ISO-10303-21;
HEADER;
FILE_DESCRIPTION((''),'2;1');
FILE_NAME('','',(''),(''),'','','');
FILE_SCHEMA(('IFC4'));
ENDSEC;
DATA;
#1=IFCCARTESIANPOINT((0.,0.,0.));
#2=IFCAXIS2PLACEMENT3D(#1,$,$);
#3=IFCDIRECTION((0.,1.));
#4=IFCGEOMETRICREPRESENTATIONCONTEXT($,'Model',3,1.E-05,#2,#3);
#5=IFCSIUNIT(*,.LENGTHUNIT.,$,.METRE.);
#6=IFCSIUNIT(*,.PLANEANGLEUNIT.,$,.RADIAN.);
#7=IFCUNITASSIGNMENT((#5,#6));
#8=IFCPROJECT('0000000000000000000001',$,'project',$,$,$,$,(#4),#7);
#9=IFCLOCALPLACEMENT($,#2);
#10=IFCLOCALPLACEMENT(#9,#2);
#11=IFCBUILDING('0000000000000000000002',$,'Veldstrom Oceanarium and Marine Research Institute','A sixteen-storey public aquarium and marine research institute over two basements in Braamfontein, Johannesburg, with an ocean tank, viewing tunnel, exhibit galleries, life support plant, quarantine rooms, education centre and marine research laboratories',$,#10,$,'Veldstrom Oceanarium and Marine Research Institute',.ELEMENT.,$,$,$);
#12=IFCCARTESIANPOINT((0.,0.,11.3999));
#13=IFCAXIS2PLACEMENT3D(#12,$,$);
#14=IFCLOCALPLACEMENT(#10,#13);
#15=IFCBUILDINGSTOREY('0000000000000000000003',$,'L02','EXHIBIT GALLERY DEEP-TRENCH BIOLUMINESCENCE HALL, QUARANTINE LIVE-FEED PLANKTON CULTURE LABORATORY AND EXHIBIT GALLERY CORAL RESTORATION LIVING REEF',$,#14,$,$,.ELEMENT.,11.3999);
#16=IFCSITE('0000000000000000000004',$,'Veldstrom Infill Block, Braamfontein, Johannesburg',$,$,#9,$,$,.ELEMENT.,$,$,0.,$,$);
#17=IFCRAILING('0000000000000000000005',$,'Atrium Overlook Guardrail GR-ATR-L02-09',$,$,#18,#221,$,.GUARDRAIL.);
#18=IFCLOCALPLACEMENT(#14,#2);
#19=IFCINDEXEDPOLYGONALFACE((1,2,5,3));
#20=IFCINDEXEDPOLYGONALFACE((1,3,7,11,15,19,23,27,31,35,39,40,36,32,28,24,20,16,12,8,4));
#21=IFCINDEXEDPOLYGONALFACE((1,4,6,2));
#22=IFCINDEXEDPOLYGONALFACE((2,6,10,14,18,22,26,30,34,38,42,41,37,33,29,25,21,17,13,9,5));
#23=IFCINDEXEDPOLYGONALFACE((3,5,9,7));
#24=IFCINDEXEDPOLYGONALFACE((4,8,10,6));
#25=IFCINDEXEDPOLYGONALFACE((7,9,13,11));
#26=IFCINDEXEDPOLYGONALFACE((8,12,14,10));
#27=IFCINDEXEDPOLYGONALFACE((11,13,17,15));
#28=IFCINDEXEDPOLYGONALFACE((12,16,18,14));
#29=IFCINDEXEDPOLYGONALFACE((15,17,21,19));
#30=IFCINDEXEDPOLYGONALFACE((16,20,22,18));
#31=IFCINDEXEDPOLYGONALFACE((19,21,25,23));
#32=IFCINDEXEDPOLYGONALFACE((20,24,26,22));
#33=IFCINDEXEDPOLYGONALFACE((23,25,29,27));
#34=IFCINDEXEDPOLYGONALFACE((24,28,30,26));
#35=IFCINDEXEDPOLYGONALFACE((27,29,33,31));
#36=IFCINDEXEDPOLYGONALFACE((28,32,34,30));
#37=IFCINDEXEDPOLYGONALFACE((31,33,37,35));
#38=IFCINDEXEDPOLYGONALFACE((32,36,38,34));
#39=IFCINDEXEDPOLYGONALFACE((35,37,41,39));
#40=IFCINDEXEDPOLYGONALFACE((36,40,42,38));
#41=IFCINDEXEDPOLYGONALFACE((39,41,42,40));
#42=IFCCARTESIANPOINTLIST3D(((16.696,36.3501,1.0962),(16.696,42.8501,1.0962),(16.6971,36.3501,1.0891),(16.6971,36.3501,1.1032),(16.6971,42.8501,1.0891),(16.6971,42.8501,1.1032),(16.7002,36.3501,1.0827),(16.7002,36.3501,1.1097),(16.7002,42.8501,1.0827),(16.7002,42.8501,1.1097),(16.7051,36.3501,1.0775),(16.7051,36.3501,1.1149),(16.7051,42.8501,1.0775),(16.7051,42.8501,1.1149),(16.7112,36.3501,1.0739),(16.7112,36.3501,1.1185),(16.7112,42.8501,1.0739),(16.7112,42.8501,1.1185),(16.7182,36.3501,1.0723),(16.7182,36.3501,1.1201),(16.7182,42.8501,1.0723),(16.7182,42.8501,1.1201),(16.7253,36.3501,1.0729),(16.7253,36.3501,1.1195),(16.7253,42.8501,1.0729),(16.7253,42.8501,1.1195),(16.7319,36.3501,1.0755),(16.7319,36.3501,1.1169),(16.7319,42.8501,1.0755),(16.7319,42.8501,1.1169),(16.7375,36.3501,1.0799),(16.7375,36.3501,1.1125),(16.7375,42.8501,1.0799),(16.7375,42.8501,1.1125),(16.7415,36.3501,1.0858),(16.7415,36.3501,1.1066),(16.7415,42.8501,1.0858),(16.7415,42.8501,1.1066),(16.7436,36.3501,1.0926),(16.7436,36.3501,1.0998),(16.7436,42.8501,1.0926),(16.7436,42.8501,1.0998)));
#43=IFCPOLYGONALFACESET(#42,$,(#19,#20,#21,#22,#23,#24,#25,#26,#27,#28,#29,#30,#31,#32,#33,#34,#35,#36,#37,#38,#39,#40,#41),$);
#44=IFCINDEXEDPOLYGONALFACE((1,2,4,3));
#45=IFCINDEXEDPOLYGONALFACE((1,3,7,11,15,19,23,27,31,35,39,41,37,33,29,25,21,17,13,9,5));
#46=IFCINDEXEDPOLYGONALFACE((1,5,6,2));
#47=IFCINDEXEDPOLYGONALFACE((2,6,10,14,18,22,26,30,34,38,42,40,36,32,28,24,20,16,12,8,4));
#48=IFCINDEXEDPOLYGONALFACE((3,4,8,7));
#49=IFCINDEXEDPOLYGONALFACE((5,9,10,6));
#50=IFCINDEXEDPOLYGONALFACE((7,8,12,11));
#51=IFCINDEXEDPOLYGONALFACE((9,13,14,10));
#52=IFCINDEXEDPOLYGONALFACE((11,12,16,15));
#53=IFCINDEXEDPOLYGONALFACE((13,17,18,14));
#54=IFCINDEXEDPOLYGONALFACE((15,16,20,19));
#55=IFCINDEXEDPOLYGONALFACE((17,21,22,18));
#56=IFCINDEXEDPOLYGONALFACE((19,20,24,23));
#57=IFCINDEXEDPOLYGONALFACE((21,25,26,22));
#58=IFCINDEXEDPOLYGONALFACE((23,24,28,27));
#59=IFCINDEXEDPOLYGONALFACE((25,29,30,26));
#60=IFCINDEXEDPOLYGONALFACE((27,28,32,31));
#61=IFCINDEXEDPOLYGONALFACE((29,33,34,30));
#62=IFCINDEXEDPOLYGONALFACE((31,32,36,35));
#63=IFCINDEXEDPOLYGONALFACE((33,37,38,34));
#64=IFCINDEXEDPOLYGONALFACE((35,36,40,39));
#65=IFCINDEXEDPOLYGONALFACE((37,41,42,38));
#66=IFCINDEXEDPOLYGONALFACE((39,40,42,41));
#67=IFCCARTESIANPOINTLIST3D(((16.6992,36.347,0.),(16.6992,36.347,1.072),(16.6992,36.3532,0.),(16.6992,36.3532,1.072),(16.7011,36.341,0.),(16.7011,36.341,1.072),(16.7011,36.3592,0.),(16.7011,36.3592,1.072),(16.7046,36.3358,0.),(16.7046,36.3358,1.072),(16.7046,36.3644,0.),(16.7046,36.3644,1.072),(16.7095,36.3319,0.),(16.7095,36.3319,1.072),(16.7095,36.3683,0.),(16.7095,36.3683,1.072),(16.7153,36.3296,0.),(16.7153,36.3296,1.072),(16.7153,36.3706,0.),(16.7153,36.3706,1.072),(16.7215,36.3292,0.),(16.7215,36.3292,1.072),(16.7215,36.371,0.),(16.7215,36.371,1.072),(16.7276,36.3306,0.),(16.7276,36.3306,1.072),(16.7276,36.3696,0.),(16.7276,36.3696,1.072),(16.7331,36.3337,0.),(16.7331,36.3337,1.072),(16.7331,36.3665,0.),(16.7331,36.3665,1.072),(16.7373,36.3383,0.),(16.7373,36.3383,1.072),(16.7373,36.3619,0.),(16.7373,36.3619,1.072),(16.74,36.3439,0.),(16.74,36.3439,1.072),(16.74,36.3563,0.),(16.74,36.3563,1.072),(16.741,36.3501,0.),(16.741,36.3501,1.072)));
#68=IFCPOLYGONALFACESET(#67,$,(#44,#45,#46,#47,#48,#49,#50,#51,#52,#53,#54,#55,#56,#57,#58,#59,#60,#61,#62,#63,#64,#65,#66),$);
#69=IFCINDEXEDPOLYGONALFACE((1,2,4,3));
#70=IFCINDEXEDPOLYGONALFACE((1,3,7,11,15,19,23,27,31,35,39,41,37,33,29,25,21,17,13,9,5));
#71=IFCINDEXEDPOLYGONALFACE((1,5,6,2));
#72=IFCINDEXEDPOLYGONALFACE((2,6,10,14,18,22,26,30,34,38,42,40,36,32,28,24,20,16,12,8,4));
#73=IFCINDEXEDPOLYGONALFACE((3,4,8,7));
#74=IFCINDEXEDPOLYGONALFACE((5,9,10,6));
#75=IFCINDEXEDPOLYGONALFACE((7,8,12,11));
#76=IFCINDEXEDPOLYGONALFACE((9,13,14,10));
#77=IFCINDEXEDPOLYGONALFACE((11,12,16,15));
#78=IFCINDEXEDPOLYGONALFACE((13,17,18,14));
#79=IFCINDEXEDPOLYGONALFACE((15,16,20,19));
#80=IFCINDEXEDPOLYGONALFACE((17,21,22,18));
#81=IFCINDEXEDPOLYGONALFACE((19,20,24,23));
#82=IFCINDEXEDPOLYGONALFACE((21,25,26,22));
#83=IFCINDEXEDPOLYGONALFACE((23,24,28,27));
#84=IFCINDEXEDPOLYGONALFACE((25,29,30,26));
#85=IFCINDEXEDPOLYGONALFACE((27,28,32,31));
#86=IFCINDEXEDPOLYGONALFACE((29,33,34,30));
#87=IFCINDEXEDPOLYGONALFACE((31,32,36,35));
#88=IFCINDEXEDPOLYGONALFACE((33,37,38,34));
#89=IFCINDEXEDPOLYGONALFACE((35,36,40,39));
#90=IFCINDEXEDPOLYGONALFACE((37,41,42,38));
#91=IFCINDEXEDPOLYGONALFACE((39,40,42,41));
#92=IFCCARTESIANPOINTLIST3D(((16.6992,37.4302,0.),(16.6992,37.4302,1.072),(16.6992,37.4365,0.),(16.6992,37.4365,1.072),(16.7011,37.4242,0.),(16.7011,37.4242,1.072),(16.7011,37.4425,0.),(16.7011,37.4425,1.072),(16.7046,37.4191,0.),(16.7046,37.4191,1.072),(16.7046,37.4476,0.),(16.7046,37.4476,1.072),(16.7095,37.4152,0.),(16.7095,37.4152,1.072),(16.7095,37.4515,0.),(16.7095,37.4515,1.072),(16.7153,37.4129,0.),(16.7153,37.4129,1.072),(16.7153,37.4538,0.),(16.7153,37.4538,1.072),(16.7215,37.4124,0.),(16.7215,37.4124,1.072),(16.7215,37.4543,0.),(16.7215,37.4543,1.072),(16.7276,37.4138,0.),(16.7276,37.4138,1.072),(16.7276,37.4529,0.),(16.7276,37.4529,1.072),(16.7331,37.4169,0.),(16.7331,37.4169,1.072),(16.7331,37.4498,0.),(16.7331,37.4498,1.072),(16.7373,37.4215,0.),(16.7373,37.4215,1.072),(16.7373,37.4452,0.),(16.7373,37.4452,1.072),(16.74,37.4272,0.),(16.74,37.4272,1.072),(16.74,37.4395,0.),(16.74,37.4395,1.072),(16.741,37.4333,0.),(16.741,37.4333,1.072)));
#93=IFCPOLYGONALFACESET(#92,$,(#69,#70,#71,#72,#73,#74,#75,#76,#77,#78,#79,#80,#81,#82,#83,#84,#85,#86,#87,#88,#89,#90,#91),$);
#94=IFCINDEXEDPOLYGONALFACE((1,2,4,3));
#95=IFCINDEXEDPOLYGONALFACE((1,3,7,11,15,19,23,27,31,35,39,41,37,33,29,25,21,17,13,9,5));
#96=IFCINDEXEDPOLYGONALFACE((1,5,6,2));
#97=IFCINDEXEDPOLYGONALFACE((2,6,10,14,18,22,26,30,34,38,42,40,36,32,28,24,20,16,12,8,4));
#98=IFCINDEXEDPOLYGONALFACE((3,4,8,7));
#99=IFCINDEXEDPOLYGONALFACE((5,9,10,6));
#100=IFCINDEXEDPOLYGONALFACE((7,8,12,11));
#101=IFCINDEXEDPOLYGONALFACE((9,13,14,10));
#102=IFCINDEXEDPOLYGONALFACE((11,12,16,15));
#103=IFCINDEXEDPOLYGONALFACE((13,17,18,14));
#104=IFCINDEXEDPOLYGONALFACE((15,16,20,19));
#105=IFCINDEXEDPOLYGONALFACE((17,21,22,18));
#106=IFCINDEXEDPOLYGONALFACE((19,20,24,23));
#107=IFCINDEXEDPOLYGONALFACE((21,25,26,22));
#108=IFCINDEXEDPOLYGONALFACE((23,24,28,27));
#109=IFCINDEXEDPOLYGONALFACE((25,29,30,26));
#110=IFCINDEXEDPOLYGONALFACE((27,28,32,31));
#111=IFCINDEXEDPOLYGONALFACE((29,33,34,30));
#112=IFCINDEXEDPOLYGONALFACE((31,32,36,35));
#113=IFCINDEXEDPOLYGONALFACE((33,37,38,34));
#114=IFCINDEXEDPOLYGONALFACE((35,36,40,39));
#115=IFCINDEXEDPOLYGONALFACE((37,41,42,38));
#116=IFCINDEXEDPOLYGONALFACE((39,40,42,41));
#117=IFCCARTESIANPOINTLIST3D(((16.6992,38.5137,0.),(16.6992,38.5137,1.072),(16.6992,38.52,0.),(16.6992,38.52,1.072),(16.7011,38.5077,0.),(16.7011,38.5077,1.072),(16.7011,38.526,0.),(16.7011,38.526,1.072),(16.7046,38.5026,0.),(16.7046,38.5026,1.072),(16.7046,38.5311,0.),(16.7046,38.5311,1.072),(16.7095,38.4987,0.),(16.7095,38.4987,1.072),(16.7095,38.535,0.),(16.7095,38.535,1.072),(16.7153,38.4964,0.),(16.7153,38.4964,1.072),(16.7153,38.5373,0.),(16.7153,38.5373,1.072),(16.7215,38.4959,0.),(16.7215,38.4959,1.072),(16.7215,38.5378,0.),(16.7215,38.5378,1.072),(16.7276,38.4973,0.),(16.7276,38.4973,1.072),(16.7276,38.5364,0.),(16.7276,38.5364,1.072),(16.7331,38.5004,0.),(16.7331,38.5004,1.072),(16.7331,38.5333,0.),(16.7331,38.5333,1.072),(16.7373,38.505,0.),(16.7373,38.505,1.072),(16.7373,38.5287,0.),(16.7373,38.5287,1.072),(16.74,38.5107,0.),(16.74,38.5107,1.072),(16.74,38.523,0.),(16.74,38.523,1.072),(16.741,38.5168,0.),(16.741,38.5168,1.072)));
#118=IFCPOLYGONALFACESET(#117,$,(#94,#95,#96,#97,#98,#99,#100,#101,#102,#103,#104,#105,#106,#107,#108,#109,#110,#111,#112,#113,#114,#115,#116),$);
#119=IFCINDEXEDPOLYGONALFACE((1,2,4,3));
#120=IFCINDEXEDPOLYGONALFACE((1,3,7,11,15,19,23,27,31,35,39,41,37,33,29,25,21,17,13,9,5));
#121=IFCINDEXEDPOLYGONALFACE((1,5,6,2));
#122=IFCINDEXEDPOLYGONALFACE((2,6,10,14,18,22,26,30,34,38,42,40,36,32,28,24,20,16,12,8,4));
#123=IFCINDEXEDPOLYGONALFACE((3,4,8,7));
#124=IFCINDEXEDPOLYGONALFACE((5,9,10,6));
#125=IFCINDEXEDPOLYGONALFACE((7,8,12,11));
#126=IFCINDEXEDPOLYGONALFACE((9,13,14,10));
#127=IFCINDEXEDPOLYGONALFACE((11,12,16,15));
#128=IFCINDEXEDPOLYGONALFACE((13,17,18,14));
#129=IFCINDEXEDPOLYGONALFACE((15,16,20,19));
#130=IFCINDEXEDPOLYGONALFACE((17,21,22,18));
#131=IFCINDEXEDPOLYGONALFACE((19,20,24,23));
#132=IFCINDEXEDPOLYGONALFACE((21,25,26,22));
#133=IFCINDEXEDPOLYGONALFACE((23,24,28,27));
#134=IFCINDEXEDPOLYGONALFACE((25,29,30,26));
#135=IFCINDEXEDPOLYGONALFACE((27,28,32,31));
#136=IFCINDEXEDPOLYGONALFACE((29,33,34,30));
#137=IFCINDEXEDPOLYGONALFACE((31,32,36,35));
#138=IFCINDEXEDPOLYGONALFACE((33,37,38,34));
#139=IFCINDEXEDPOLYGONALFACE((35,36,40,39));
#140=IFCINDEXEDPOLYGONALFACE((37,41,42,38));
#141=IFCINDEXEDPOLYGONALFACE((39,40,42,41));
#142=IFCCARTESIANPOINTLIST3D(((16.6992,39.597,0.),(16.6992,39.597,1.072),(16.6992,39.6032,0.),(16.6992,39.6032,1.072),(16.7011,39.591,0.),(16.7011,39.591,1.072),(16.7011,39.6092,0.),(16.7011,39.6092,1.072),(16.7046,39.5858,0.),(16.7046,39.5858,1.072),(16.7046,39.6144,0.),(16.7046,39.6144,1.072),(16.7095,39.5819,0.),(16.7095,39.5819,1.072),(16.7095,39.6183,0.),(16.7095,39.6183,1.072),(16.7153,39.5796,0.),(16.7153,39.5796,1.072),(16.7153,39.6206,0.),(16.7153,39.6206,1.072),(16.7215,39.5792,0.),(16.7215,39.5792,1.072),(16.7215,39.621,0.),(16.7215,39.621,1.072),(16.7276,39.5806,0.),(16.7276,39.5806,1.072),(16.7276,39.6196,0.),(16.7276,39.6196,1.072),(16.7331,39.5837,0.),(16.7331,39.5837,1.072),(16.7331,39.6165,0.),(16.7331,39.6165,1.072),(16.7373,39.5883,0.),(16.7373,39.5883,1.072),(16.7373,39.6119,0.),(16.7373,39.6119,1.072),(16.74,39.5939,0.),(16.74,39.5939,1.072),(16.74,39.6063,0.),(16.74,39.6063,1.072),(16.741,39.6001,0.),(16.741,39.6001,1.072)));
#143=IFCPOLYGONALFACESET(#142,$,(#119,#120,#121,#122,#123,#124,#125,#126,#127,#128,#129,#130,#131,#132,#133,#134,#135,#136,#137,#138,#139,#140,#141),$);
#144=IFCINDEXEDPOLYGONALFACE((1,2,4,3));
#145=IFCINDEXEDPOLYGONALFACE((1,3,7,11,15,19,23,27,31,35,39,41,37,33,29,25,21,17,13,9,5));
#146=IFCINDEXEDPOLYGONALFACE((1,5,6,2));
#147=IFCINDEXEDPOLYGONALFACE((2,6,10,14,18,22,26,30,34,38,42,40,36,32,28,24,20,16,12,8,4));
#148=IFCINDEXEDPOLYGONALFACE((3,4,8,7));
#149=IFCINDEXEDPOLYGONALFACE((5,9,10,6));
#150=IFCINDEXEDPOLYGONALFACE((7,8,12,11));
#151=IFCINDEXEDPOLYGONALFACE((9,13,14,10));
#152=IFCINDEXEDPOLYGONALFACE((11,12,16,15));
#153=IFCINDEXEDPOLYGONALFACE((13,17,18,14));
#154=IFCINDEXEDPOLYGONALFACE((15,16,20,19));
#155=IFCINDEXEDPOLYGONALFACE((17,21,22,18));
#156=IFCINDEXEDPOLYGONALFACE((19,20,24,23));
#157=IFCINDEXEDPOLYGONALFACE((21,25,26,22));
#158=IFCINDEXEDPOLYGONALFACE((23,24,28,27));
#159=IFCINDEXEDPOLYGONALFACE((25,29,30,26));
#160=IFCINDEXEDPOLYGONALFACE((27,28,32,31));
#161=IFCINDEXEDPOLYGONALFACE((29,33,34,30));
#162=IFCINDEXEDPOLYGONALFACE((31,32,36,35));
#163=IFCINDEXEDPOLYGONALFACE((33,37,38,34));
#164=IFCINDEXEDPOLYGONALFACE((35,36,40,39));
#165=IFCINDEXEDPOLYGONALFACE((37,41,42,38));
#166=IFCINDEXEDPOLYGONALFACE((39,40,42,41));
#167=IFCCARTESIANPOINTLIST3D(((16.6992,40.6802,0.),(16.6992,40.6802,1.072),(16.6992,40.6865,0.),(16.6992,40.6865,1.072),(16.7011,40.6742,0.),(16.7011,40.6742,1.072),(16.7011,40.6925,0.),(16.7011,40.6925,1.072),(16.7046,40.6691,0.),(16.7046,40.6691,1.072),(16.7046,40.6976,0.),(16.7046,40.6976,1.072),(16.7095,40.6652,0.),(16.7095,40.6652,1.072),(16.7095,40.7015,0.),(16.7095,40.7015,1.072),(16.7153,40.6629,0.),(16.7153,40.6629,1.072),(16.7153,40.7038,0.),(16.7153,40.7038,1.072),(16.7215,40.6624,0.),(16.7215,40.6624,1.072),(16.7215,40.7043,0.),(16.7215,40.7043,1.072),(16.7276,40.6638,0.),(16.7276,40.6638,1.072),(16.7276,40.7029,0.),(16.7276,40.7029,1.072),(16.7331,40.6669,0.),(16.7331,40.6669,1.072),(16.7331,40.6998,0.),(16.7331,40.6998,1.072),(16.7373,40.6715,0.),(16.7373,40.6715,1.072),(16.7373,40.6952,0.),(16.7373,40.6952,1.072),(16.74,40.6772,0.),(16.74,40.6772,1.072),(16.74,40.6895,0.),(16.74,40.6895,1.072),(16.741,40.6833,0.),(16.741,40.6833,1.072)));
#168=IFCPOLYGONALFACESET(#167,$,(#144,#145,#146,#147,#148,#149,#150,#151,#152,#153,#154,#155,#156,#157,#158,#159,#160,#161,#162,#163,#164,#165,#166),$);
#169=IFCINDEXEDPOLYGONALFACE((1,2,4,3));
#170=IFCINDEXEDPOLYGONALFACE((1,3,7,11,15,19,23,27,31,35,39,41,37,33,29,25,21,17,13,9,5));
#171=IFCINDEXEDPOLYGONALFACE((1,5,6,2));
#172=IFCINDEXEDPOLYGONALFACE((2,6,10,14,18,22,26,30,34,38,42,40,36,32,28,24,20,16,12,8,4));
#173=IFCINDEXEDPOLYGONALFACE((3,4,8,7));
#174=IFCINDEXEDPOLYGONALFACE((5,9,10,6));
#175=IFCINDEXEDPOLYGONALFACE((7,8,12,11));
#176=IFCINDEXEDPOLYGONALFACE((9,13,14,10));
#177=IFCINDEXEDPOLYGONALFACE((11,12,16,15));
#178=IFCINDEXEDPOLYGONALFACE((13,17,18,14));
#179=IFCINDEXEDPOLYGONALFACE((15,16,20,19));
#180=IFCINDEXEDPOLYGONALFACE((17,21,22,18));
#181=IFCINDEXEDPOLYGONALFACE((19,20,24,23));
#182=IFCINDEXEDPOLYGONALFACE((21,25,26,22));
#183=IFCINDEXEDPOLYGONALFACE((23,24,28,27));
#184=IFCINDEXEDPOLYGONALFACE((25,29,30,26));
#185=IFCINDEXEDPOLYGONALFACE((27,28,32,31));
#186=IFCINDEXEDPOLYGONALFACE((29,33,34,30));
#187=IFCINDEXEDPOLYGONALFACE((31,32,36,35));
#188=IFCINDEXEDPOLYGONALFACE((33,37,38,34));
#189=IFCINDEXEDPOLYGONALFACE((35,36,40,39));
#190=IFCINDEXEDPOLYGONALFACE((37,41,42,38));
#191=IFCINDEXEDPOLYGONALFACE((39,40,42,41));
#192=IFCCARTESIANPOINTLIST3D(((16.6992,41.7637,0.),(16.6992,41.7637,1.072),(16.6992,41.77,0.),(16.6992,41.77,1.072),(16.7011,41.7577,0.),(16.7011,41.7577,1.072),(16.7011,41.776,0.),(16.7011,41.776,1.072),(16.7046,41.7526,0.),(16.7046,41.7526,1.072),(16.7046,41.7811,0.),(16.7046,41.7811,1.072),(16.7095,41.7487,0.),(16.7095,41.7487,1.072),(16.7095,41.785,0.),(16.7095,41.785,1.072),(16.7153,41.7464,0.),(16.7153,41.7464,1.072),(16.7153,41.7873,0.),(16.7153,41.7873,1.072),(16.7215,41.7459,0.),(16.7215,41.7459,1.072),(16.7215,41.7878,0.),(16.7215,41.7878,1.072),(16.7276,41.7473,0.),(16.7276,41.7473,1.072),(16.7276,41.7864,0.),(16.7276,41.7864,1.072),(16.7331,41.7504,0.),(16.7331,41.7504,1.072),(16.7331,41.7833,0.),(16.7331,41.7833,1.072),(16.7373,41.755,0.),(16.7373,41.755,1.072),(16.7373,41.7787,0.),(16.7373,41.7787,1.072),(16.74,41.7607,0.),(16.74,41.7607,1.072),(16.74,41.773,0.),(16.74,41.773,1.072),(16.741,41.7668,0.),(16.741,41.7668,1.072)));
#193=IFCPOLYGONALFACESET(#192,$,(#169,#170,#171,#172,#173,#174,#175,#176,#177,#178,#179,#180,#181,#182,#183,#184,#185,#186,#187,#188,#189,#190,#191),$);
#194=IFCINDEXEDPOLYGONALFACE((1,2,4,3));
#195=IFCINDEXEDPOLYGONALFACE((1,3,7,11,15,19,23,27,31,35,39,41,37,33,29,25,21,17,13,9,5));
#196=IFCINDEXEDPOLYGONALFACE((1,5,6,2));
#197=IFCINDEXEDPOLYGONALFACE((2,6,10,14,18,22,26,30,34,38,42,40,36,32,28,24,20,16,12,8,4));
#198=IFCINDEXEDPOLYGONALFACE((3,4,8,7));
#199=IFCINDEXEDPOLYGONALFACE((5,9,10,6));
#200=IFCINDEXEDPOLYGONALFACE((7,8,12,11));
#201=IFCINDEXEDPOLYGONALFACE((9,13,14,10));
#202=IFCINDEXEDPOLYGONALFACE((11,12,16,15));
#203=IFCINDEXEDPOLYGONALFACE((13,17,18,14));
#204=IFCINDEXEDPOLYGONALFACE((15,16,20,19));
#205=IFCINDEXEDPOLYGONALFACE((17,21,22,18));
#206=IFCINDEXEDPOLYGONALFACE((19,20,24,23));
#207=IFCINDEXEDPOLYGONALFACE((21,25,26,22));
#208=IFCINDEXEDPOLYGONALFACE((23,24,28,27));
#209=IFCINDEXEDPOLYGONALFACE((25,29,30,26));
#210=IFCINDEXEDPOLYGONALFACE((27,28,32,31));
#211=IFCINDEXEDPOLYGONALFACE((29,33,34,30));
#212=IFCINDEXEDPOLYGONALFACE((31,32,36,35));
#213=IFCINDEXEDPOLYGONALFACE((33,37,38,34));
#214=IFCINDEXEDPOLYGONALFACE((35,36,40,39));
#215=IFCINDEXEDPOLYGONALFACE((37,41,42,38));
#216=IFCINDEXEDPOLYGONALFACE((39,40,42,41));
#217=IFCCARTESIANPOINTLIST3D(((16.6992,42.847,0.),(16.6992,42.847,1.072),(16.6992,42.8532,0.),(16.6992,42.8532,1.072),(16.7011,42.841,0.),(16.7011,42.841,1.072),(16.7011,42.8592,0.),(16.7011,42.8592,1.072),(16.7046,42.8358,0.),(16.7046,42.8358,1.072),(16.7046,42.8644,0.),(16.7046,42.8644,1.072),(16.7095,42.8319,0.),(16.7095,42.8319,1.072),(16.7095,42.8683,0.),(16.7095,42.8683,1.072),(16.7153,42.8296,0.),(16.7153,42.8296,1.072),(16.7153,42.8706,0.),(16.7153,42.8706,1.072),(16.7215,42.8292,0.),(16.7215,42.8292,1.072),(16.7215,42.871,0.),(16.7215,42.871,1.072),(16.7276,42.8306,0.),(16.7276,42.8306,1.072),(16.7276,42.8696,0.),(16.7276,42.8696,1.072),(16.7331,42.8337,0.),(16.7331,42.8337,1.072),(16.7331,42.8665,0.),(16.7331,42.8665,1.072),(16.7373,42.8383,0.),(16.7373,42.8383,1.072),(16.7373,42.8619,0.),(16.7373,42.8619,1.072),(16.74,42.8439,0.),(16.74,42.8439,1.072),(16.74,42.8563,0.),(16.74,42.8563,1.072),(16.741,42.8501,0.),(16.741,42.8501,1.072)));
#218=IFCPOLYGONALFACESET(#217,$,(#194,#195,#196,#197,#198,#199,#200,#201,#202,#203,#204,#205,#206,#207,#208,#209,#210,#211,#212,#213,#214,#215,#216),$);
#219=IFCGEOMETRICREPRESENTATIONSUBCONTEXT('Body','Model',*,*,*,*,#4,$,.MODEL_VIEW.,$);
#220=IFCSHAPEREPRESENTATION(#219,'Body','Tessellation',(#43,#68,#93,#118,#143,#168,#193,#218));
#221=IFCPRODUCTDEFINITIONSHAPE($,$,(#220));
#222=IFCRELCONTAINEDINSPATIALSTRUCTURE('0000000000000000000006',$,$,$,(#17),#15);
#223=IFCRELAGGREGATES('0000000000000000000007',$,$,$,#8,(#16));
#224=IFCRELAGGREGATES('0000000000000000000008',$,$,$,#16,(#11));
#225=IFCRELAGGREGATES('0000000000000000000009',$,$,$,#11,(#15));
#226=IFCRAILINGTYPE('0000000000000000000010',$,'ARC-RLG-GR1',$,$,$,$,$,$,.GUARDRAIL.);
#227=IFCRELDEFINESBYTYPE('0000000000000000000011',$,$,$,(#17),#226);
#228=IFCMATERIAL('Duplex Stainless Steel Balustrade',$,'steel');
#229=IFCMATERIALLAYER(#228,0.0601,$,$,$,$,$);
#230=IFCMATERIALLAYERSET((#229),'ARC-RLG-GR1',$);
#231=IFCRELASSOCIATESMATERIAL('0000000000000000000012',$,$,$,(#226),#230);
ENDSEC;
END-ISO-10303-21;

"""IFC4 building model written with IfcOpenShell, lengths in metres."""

from ifc_helpers import new_model, si_unit, direction, frame, origin, origin_2d, place, context, subcontext, project, spatial, circle, extrude, material, layer, layer_set, type_object, element, save


model = new_model("IFC4")

# Units and contexts
model_context = context("Model", 3, precision=1e-05, world=origin(), true_north=direction((0.0, 1.0)))
body_context = subcontext(model_context, "Body", "Model", "MODEL_VIEW")
ifc_project = project(units=[si_unit("LENGTHUNIT", "METRE"), si_unit("PLANEANGLEUNIT", "RADIAN")], contexts=[model_context])

# Site, building, storey
site_placement = place(None, origin())
site = spatial("IfcSite", under=ifc_project, at=site_placement, Name="Veldstrom Infill Block, Braamfontein, Johannesburg", CompositionType="ELEMENT", RefElevation=0.0)
building_placement = place(site_placement, origin())
building = spatial("IfcBuilding", under=site, at=building_placement, Name="Veldstrom Oceanarium and Marine Research Institute", Description="A sixteen-storey public aquarium and marine research institute over two basements in Braamfontein, Johannesburg, with an ocean tank, viewing tunnel, exhibit galleries, life support plant, quarantine rooms, education centre and marine research laboratories", LongName="Veldstrom Oceanarium and Marine Research Institute", CompositionType="ELEMENT")
storey_placement = place(building_placement, frame((0.0, 0.0, 11.3999)))
storey = spatial("IfcBuildingStorey", under=building, at=storey_placement, Name="L02", Description="EXHIBIT GALLERY DEEP-TRENCH BIOLUMINESCENCE HALL, QUARANTINE LIVE-FEED PLANKTON CULTURE LABORATORY AND EXHIBIT GALLERY CORAL RESTORATION LIVING REEF", CompositionType="ELEMENT", Elevation=11.3999)

# Railing
ifc_material_1 = material(Name="Duplex Stainless Steel Balustrade", Category="steel")
ifc_layer_1 = layer(ifc_material_1, 0.0601)
ifc_layer_set_1 = layer_set([ifc_layer_1], Name="ARC-RLG-GR1")
railing_type = type_object("IfcRailingType", Name="ARC-RLG-GR1", PredefinedType="GUARDRAIL", material=ifc_layer_set_1)
railing_1_placement = place(storey_placement, frame((16.72, 36.3501, 0.0)))
element("IfcRailing", 1, at=railing_1_placement, inside=storey, type_object=railing_type, Name="Atrium Overlook Guardrail GR-ATR-L02-09", PredefinedType="GUARDRAIL", context=body_context, shape_type="SweptSolid", body=[
    extrude(circle(Radius=0.0239, at=origin_2d()), frame((0.0, 0.0, 1.0962), z_axis=(0.0, 1.0, 0.0), x_axis=(-1.0, 0.0, 0.0)), (0.0, 0.0, 1.0), 6.5),
    extrude(circle(Radius=0.021, at=origin_2d()), origin(), (0.0, 0.0, 1.0), 1.072),
    extrude(circle(Radius=0.021, at=origin_2d()), frame((0.0, 1.0833, 0.0)), (0.0, 0.0, 1.0), 1.072),
    extrude(circle(Radius=0.021, at=origin_2d()), frame((0.0, 2.1667, 0.0)), (0.0, 0.0, 1.0), 1.072),
    extrude(circle(Radius=0.021, at=origin_2d()), frame((0.0, 3.25, 0.0)), (0.0, 0.0, 1.0), 1.072),
    extrude(circle(Radius=0.021, at=origin_2d()), frame((0.0, 4.3333, 0.0)), (0.0, 0.0, 1.0), 1.072),
    extrude(circle(Radius=0.021, at=origin_2d()), frame((0.0, 5.4167, 0.0)), (0.0, 0.0, 1.0), 1.072),
    extrude(circle(Radius=0.021, at=origin_2d()), frame((0.0, 6.5, 0.0)), (0.0, 0.0, 1.0), 1.072),
])

save(model, "model.ifc")
